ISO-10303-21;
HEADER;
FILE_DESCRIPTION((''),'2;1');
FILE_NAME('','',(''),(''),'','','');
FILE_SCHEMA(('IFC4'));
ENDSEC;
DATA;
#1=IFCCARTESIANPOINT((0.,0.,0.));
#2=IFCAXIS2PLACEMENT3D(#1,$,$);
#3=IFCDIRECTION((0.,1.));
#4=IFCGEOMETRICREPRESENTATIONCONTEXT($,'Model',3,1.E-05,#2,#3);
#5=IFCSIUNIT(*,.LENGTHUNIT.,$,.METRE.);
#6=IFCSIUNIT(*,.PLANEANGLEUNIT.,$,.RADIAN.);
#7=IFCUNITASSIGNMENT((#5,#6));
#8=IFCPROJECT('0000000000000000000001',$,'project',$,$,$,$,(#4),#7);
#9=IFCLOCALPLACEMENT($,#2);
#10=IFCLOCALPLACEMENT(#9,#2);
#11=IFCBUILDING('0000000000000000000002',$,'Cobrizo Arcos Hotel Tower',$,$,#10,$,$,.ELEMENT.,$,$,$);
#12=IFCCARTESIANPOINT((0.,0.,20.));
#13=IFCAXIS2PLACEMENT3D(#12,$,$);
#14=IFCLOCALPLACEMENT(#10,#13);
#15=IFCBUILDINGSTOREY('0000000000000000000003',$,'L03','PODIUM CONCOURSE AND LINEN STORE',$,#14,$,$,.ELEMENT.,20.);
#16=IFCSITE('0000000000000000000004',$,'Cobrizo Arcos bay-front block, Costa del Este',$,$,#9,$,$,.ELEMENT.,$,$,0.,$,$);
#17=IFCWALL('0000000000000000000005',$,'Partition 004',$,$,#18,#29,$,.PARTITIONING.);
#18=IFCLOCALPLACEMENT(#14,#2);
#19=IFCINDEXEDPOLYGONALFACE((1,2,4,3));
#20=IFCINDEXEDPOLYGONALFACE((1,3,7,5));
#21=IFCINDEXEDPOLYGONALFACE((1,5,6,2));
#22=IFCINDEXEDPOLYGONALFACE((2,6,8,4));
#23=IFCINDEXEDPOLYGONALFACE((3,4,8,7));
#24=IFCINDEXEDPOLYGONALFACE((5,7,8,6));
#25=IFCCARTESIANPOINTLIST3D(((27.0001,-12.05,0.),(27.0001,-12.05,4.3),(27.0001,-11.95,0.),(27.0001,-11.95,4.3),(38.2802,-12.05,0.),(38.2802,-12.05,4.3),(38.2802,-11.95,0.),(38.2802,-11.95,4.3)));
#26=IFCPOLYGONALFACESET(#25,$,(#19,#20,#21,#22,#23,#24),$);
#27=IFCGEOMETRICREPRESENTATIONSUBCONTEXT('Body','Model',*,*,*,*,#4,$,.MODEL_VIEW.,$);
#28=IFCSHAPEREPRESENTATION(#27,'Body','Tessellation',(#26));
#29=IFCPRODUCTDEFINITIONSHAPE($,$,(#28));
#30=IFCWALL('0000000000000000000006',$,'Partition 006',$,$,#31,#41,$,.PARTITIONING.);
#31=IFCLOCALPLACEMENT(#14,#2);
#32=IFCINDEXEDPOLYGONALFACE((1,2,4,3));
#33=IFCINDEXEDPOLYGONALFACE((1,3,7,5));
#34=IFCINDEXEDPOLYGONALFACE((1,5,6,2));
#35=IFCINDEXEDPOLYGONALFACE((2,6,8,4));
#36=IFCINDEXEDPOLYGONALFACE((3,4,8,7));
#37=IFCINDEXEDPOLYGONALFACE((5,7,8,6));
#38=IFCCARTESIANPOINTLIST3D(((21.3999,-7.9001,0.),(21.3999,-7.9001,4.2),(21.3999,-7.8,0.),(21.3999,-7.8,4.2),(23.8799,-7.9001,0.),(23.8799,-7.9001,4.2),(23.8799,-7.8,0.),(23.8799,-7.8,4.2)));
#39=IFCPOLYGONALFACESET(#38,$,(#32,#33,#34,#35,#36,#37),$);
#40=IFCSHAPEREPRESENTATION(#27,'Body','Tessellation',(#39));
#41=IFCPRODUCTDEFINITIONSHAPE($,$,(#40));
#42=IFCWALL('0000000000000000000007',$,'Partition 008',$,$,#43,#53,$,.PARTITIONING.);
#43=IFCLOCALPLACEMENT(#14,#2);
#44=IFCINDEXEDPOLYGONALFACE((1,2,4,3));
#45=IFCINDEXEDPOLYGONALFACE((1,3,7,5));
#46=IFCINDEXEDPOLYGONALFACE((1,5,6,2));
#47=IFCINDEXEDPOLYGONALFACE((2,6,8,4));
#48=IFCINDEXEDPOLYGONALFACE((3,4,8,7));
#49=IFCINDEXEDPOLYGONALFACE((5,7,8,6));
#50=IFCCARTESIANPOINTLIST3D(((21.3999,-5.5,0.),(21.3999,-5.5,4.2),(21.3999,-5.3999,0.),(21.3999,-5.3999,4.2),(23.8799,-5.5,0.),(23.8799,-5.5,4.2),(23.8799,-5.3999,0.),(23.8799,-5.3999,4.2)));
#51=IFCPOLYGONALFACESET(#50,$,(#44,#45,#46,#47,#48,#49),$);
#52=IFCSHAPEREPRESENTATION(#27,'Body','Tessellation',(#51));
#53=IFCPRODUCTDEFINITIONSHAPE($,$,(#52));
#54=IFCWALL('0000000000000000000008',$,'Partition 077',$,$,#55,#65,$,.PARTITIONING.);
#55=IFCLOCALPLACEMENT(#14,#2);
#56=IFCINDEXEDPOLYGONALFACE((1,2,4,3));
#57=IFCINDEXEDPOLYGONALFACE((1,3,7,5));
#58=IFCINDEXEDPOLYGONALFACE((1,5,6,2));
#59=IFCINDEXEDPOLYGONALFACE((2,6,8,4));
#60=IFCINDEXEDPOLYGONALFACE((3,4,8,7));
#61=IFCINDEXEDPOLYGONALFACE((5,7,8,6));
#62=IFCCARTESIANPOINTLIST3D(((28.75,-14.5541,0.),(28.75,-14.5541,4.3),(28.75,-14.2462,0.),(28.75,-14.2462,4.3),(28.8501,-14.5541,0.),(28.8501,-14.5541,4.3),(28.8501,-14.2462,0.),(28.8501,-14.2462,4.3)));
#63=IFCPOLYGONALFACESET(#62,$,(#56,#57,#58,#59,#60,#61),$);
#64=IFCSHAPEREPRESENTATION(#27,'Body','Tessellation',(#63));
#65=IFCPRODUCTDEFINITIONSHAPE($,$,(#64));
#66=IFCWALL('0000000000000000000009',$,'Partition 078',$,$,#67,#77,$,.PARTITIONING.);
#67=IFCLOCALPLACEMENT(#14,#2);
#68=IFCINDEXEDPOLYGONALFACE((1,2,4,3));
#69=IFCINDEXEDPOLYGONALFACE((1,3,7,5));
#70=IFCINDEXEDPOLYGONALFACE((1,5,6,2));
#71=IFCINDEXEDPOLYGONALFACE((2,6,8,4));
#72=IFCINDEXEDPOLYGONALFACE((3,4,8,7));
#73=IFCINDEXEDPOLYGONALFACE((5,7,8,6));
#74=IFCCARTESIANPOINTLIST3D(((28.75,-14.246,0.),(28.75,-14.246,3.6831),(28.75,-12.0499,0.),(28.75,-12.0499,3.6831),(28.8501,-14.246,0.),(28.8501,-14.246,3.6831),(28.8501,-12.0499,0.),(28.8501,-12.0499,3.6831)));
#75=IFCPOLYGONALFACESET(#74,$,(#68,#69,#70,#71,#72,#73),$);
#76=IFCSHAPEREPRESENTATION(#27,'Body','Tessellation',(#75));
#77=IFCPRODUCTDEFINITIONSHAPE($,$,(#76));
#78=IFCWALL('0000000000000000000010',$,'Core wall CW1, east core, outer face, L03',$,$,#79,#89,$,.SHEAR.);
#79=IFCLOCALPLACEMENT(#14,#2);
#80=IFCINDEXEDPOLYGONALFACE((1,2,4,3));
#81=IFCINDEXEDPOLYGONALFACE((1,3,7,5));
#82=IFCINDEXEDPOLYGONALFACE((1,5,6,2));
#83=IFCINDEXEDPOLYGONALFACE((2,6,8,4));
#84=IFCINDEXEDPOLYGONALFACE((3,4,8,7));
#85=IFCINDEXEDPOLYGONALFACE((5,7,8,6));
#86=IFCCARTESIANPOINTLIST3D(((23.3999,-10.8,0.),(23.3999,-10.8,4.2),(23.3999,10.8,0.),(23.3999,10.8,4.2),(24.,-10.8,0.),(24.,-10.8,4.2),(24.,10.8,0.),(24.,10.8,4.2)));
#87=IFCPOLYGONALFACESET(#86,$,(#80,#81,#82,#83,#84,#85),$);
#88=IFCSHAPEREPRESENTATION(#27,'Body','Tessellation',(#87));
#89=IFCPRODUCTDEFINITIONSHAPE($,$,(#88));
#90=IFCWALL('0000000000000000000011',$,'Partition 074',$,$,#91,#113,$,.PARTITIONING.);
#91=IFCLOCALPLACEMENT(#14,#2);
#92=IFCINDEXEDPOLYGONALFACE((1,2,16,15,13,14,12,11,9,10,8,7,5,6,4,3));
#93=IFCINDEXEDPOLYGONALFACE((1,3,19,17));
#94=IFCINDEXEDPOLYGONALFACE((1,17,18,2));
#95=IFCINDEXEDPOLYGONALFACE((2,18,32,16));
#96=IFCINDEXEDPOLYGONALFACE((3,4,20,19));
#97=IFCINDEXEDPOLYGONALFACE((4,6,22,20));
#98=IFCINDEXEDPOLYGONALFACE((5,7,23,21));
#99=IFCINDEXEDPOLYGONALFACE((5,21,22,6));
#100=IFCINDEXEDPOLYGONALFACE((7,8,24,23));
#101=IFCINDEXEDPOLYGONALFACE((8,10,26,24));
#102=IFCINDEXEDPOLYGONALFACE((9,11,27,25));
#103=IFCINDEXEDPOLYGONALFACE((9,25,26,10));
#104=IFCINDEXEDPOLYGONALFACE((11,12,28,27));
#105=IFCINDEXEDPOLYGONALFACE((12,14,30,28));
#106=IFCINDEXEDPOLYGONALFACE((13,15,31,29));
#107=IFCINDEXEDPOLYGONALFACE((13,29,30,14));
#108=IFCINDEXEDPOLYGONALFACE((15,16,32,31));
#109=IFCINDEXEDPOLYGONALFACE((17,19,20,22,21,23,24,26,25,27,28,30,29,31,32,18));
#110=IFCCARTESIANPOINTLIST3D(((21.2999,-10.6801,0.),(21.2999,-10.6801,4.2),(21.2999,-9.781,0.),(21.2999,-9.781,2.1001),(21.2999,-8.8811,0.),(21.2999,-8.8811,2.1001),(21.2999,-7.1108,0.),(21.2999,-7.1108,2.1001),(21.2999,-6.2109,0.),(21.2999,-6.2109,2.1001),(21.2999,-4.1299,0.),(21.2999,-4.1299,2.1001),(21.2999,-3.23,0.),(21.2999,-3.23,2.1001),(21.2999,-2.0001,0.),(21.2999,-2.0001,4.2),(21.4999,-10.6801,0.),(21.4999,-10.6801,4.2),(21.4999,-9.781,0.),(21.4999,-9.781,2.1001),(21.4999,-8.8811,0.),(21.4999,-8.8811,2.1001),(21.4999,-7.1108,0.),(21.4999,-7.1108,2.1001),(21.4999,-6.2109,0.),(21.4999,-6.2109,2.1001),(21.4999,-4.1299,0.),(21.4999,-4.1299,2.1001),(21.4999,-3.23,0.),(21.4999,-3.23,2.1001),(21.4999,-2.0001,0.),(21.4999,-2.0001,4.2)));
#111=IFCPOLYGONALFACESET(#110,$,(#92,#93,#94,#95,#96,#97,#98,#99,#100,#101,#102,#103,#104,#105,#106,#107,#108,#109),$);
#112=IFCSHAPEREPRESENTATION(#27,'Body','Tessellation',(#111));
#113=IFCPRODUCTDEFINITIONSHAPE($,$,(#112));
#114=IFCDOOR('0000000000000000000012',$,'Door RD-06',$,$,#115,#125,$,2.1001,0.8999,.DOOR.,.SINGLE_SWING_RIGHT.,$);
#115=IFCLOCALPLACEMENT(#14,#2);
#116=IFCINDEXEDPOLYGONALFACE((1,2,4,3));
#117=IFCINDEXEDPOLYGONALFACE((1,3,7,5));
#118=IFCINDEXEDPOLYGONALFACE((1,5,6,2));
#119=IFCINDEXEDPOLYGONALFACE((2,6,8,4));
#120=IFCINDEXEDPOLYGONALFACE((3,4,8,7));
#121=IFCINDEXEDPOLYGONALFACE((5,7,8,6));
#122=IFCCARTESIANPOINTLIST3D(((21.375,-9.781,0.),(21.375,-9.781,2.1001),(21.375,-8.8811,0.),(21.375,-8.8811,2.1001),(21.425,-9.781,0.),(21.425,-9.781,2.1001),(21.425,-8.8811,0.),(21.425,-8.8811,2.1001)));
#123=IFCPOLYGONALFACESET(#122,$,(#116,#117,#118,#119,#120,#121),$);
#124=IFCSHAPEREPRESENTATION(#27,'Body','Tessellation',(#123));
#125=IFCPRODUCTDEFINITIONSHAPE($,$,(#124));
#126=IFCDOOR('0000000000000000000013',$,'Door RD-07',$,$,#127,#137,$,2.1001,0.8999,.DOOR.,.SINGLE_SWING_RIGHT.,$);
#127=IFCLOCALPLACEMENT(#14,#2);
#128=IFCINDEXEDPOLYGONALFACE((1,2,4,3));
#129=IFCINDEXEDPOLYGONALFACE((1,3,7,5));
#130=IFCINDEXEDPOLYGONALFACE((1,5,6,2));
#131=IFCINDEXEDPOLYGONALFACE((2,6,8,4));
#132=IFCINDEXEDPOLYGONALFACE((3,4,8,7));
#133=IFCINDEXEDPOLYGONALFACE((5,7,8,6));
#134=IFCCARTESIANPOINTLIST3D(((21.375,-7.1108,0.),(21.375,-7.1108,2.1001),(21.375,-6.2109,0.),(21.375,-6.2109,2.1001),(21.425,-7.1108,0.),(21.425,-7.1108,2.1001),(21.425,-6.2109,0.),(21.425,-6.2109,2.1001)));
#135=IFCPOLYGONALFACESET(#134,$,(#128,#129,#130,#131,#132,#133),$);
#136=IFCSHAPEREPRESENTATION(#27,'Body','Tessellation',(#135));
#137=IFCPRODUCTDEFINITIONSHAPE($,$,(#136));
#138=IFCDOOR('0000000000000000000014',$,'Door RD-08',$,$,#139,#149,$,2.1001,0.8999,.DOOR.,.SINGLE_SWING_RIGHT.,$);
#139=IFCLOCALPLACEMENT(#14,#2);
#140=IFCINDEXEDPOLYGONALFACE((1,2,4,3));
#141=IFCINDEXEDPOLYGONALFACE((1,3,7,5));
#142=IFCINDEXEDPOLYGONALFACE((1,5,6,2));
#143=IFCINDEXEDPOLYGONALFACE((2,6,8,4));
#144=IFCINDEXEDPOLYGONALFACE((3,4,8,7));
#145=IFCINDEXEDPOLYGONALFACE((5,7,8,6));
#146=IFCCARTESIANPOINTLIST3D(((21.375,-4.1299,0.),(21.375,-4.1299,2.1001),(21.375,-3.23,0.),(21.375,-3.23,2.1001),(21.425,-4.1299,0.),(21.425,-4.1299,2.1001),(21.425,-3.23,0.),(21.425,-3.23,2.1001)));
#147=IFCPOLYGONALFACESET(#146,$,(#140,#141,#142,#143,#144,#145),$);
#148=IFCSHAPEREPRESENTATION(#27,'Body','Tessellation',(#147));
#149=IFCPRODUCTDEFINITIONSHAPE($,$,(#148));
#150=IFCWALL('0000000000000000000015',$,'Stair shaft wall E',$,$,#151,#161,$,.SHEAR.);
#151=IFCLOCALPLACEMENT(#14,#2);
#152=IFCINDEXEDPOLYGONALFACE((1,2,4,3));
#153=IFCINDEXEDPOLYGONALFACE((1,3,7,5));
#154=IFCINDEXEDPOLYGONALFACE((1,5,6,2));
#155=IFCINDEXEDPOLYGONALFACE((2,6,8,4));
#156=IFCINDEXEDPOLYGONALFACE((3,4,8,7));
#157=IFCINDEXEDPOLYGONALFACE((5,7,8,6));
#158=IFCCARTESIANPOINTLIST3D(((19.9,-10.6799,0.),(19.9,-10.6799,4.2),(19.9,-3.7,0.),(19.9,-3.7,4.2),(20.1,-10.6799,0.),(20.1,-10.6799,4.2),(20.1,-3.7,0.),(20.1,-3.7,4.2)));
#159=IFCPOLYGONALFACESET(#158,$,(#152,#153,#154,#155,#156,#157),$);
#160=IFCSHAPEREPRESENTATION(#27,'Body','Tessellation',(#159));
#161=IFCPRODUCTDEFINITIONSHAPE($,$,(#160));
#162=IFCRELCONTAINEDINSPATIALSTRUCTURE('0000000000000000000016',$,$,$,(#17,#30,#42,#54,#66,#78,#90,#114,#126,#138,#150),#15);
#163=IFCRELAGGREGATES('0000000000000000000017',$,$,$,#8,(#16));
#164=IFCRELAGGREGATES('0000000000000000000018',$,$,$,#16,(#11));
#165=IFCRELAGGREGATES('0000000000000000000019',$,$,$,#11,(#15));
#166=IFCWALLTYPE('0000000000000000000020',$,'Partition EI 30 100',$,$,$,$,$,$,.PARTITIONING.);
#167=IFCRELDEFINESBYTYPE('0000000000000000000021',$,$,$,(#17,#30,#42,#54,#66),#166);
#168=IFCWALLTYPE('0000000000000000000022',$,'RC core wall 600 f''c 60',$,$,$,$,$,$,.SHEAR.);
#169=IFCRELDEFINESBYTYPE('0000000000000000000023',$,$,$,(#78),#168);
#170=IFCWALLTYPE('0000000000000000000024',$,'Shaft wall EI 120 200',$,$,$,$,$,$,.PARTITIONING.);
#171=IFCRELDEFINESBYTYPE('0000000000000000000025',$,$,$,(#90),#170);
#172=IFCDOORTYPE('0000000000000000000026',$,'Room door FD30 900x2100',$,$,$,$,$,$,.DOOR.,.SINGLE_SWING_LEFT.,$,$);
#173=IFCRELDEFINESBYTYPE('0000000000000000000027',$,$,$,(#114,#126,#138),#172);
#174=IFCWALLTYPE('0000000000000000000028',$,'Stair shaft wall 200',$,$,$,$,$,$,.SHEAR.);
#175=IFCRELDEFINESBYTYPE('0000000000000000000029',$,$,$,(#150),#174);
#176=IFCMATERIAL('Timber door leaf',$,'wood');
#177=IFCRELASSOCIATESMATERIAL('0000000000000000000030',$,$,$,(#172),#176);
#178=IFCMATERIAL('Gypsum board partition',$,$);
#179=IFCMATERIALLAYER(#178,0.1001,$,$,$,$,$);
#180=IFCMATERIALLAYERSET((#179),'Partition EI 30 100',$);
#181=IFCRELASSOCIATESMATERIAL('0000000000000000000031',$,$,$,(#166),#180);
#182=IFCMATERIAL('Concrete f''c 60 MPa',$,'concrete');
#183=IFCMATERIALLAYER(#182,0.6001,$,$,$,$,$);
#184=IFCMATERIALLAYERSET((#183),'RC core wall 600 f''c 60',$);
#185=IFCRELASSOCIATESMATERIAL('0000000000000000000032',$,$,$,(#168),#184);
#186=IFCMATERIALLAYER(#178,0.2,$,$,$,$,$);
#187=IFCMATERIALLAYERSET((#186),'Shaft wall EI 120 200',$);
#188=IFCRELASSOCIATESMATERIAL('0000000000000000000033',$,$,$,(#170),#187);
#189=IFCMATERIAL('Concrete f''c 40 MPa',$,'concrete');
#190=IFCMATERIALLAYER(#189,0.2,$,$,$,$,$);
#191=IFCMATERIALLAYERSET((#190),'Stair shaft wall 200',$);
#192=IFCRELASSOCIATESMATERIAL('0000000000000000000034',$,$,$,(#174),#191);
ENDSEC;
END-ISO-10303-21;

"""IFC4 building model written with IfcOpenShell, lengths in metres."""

from ifc_helpers import new_model, si_unit, direction, frame, frame_2d, origin, place, context, subcontext, project, spatial, rectangle, extrude, material, layer, layer_set, type_object, element, fill, save


model = new_model("IFC4")

# Units and contexts
model_context = context("Model", 3, precision=1e-05, world=origin(), true_north=direction((0.0, 1.0)))
body_context = subcontext(model_context, "Body", "Model", "MODEL_VIEW")
ifc_project = project(units=[si_unit("LENGTHUNIT", "METRE"), si_unit("PLANEANGLEUNIT", "RADIAN")], contexts=[model_context])

# Site, building, storey
site_placement = place(None, origin())
site = spatial("IfcSite", under=ifc_project, at=site_placement, Name="Cobrizo Arcos bay-front block, Costa del Este", CompositionType="ELEMENT", RefElevation=0.0)
building_placement = place(site_placement, origin())
building = spatial("IfcBuilding", under=site, at=building_placement, Name="Cobrizo Arcos Hotel Tower", CompositionType="ELEMENT")
storey_placement = place(building_placement, frame((0.0, 0.0, 20.0)))
storey = spatial("IfcBuildingStorey", under=building, at=storey_placement, Name="L03", Description="PODIUM CONCOURSE AND LINEN STORE", CompositionType="ELEMENT", Elevation=20.0)

# Shared definitions
ifc_material_1 = material(Name="Gypsum board partition")
ifc_material_2 = material(Name="Timber door leaf", Category="wood")
door_type = type_object("IfcDoorType", Name="Room door FD30 900x2100", OperationType="SINGLE_SWING_LEFT", PredefinedType="DOOR", material=ifc_material_2)

# Walls
ifc_layer_1 = layer(ifc_material_1, 0.1001)
ifc_layer_set_1 = layer_set([ifc_layer_1], Name="Partition EI 30 100")
wall_type_1 = type_object("IfcWallType", Name="Partition EI 30 100", PredefinedType="PARTITIONING", material=ifc_layer_set_1)
wall_1_placement = place(storey_placement, frame((27.0, -12.0, 0.0), z_axis=(0.0, 0.0, 1.0), x_axis=(1.0, 0.0, 0.0)))
element("IfcWall", 1, at=wall_1_placement, inside=storey, type_object=wall_type_1, Name="Partition 004", PredefinedType="PARTITIONING", context=body_context, shape_type="SweptSolid", body=[
    extrude(rectangle(XDim=11.28, YDim=0.1001, at=frame_2d((5.6401, 0.0))), origin(), (0.0, 0.0, 1.0), 4.3),
])
for number, where, z_axis, x_axis, name in (
    (2, (21.3999, -7.8501, 0.0), (0.0, 0.0, 1.0), (1.0, 0.0, 0.0), "Partition 006"),
    (3, (21.3999, -5.45, 0.0), (0.0, 0.0, 1.0), (1.0, 0.0, 0.0), "Partition 008"),
):
    element("IfcWall", number, at=place(storey_placement, frame(where, z_axis=z_axis, x_axis=x_axis)), inside=storey, type_object=wall_type_1, Name=name, PredefinedType="PARTITIONING", context=body_context, shape_type="SweptSolid", body=[
        extrude(rectangle(XDim=2.48, YDim=0.1001, at=frame_2d((1.24, 0.0))), origin(), (0.0, 0.0, 1.0), 4.2),
    ])
wall_2_placement = place(storey_placement, frame((28.8, -14.554, 0.0), z_axis=(0.0, 0.0, 1.0), x_axis=(0.0, 1.0, 0.0)))
element("IfcWall", 4, at=wall_2_placement, inside=storey, type_object=wall_type_1, Name="Partition 077", PredefinedType="PARTITIONING", context=body_context, shape_type="SweptSolid", body=[
    extrude(rectangle(XDim=0.3079, YDim=0.1001, at=frame_2d((0.1538, 0.0))), origin(), (0.0, 0.0, 1.0), 4.3),
])
wall_3_placement = place(storey_placement, frame((28.8, -14.2461, 0.0), z_axis=(0.0, 0.0, 1.0), x_axis=(0.0, 1.0, 0.0)))
element("IfcWall", 5, at=wall_3_placement, inside=storey, type_object=wall_type_1, Name="Partition 078", PredefinedType="PARTITIONING", context=body_context, shape_type="SweptSolid", body=[
    extrude(rectangle(XDim=2.196, YDim=0.1001, at=frame_2d((1.0981, 0.0))), origin(), (0.0, 0.0, 1.0), 3.6831),
])
ifc_material_3 = material(Name="Concrete f'c 60 MPa", Category="concrete")
ifc_layer_2 = layer(ifc_material_3, 0.6001)
ifc_layer_set_2 = layer_set([ifc_layer_2], Name="RC core wall 600 f'c 60")
wall_type_2 = type_object("IfcWallType", Name="RC core wall 600 f'c 60", PredefinedType="SHEAR", material=ifc_layer_set_2)
wall_4_placement = place(storey_placement, frame((23.7, -10.8, 0.0), z_axis=(0.0, 0.0, 1.0), x_axis=(0.0, 1.0, 0.0)))
element("IfcWall", 6, at=wall_4_placement, inside=storey, type_object=wall_type_2, Name="Core wall CW1, east core, outer face, L03", PredefinedType="SHEAR", context=body_context, shape_type="SweptSolid", body=[
    extrude(rectangle(XDim=21.6001, YDim=0.6001, at=frame_2d((10.8, 0.0))), origin(), (0.0, 0.0, 1.0), 4.2),
])

# Wall, openings, doors
ifc_layer_3 = layer(ifc_material_1, 0.2)
ifc_layer_set_3 = layer_set([ifc_layer_3], Name="Shaft wall EI 120 200")
wall_type_3 = type_object("IfcWallType", Name="Shaft wall EI 120 200", PredefinedType="PARTITIONING", material=ifc_layer_set_3)
wall_5_placement = place(storey_placement, frame((21.3999, -10.6799, 0.0), z_axis=(0.0, 0.0, 1.0), x_axis=(0.0, 1.0, 0.0)))
wall_5 = element("IfcWall", 7, at=wall_5_placement, inside=storey, type_object=wall_type_3, Name="Partition 074", PredefinedType="PARTITIONING", context=body_context, shape_type="SweptSolid", body=[
    extrude(rectangle(XDim=8.6799, YDim=0.2, at=frame_2d((4.3398, 0.0))), origin(), (0.0, 0.0, 1.0), 4.2),
])
opening_1_placement = place(wall_5_placement, frame((0.8989, 0.0, 0.0)))
opening_1 = element("IfcOpeningElement", 8, at=opening_1_placement, cuts=wall_5, PredefinedType="OPENING", context=body_context, shape_type="SweptSolid", body=[
    extrude(rectangle(XDim=0.8999, YDim=2.1001, at=frame_2d((0.45, 1.05))), frame((0.0, 0.1121, 0.0), z_axis=(0.0, -1.0, 0.0), x_axis=(1.0, 0.0, 0.0)), (0.0, 0.0, 1.0), 0.2239),
])
opening_2_placement = place(wall_5_placement, frame((3.5691, 0.0, 0.0)))
opening_2 = element("IfcOpeningElement", 9, at=opening_2_placement, cuts=wall_5, PredefinedType="OPENING", context=body_context, shape_type="SweptSolid", body=[
    extrude(rectangle(XDim=0.8999, YDim=2.1001, at=frame_2d((0.45, 1.05))), frame((0.0, 0.1121, 0.0), z_axis=(0.0, -1.0, 0.0), x_axis=(1.0, 0.0, 0.0)), (0.0, 0.0, 1.0), 0.2239),
])
opening_3_placement = place(wall_5_placement, frame((6.55, 0.0, 0.0)))
opening_3 = element("IfcOpeningElement", 10, at=opening_3_placement, cuts=wall_5, PredefinedType="OPENING", context=body_context, shape_type="SweptSolid", body=[
    extrude(rectangle(XDim=0.8999, YDim=2.1001, at=frame_2d((0.45, 1.05))), frame((0.0, 0.1121, 0.0), z_axis=(0.0, -1.0, 0.0), x_axis=(1.0, 0.0, 0.0)), (0.0, 0.0, 1.0), 0.2239),
])
door_1_placement = place(opening_1_placement, origin())
door_1 = element("IfcDoor", 11, at=door_1_placement, inside=storey, type_object=door_type, Name="Door RD-06", OperationType="SINGLE_SWING_RIGHT", OverallHeight=2.1001, OverallWidth=0.8999, PredefinedType="DOOR", context=body_context, shape_type="SweptSolid", body=[
    extrude(rectangle(XDim=0.8999, YDim=2.1001, at=frame_2d((0.45, 1.05))), frame((0.0, 0.0249, 0.0), z_axis=(0.0, -1.0, 0.0), x_axis=(1.0, 0.0, 0.0)), (0.0, 0.0, 1.0), 0.05),
])
fill(opening_1, door_1)
door_2_placement = place(opening_2_placement, origin())
door_2 = element("IfcDoor", 12, at=door_2_placement, inside=storey, type_object=door_type, Name="Door RD-07", OperationType="SINGLE_SWING_RIGHT", OverallHeight=2.1001, OverallWidth=0.8999, PredefinedType="DOOR", context=body_context, shape_type="SweptSolid", body=[
    extrude(rectangle(XDim=0.8999, YDim=2.1001, at=frame_2d((0.45, 1.05))), frame((0.0, 0.0249, 0.0), z_axis=(0.0, -1.0, 0.0), x_axis=(1.0, 0.0, 0.0)), (0.0, 0.0, 1.0), 0.05),
])
fill(opening_2, door_2)
door_3_placement = place(opening_3_placement, origin())
door_3 = element("IfcDoor", 13, at=door_3_placement, inside=storey, type_object=door_type, Name="Door RD-08", OperationType="SINGLE_SWING_RIGHT", OverallHeight=2.1001, OverallWidth=0.8999, PredefinedType="DOOR", context=body_context, shape_type="SweptSolid", body=[
    extrude(rectangle(XDim=0.8999, YDim=2.1001, at=frame_2d((0.45, 1.05))), frame((0.0, 0.0249, 0.0), z_axis=(0.0, -1.0, 0.0), x_axis=(1.0, 0.0, 0.0)), (0.0, 0.0, 1.0), 0.05),
])
fill(opening_3, door_3)

# Wall
ifc_material_4 = material(Name="Concrete f'c 40 MPa", Category="concrete")
ifc_layer_4 = layer(ifc_material_4, 0.2)
ifc_layer_set_4 = layer_set([ifc_layer_4], Name="Stair shaft wall 200")
wall_type_4 = type_object("IfcWallType", Name="Stair shaft wall 200", PredefinedType="SHEAR", material=ifc_layer_set_4)
wall_6_placement = place(storey_placement, frame((20.0, -10.6799, 0.0), z_axis=(0.0, 0.0, 1.0), x_axis=(0.0, 1.0, 0.0)))
element("IfcWall", 14, at=wall_6_placement, inside=storey, type_object=wall_type_4, Name="Stair shaft wall E", PredefinedType="SHEAR", context=body_context, shape_type="SweptSolid", body=[
    extrude(rectangle(XDim=6.98, YDim=0.2, at=frame_2d((3.49, 0.0))), origin(), (0.0, 0.0, 1.0), 4.2),
])

save(model, "model.ifc")
